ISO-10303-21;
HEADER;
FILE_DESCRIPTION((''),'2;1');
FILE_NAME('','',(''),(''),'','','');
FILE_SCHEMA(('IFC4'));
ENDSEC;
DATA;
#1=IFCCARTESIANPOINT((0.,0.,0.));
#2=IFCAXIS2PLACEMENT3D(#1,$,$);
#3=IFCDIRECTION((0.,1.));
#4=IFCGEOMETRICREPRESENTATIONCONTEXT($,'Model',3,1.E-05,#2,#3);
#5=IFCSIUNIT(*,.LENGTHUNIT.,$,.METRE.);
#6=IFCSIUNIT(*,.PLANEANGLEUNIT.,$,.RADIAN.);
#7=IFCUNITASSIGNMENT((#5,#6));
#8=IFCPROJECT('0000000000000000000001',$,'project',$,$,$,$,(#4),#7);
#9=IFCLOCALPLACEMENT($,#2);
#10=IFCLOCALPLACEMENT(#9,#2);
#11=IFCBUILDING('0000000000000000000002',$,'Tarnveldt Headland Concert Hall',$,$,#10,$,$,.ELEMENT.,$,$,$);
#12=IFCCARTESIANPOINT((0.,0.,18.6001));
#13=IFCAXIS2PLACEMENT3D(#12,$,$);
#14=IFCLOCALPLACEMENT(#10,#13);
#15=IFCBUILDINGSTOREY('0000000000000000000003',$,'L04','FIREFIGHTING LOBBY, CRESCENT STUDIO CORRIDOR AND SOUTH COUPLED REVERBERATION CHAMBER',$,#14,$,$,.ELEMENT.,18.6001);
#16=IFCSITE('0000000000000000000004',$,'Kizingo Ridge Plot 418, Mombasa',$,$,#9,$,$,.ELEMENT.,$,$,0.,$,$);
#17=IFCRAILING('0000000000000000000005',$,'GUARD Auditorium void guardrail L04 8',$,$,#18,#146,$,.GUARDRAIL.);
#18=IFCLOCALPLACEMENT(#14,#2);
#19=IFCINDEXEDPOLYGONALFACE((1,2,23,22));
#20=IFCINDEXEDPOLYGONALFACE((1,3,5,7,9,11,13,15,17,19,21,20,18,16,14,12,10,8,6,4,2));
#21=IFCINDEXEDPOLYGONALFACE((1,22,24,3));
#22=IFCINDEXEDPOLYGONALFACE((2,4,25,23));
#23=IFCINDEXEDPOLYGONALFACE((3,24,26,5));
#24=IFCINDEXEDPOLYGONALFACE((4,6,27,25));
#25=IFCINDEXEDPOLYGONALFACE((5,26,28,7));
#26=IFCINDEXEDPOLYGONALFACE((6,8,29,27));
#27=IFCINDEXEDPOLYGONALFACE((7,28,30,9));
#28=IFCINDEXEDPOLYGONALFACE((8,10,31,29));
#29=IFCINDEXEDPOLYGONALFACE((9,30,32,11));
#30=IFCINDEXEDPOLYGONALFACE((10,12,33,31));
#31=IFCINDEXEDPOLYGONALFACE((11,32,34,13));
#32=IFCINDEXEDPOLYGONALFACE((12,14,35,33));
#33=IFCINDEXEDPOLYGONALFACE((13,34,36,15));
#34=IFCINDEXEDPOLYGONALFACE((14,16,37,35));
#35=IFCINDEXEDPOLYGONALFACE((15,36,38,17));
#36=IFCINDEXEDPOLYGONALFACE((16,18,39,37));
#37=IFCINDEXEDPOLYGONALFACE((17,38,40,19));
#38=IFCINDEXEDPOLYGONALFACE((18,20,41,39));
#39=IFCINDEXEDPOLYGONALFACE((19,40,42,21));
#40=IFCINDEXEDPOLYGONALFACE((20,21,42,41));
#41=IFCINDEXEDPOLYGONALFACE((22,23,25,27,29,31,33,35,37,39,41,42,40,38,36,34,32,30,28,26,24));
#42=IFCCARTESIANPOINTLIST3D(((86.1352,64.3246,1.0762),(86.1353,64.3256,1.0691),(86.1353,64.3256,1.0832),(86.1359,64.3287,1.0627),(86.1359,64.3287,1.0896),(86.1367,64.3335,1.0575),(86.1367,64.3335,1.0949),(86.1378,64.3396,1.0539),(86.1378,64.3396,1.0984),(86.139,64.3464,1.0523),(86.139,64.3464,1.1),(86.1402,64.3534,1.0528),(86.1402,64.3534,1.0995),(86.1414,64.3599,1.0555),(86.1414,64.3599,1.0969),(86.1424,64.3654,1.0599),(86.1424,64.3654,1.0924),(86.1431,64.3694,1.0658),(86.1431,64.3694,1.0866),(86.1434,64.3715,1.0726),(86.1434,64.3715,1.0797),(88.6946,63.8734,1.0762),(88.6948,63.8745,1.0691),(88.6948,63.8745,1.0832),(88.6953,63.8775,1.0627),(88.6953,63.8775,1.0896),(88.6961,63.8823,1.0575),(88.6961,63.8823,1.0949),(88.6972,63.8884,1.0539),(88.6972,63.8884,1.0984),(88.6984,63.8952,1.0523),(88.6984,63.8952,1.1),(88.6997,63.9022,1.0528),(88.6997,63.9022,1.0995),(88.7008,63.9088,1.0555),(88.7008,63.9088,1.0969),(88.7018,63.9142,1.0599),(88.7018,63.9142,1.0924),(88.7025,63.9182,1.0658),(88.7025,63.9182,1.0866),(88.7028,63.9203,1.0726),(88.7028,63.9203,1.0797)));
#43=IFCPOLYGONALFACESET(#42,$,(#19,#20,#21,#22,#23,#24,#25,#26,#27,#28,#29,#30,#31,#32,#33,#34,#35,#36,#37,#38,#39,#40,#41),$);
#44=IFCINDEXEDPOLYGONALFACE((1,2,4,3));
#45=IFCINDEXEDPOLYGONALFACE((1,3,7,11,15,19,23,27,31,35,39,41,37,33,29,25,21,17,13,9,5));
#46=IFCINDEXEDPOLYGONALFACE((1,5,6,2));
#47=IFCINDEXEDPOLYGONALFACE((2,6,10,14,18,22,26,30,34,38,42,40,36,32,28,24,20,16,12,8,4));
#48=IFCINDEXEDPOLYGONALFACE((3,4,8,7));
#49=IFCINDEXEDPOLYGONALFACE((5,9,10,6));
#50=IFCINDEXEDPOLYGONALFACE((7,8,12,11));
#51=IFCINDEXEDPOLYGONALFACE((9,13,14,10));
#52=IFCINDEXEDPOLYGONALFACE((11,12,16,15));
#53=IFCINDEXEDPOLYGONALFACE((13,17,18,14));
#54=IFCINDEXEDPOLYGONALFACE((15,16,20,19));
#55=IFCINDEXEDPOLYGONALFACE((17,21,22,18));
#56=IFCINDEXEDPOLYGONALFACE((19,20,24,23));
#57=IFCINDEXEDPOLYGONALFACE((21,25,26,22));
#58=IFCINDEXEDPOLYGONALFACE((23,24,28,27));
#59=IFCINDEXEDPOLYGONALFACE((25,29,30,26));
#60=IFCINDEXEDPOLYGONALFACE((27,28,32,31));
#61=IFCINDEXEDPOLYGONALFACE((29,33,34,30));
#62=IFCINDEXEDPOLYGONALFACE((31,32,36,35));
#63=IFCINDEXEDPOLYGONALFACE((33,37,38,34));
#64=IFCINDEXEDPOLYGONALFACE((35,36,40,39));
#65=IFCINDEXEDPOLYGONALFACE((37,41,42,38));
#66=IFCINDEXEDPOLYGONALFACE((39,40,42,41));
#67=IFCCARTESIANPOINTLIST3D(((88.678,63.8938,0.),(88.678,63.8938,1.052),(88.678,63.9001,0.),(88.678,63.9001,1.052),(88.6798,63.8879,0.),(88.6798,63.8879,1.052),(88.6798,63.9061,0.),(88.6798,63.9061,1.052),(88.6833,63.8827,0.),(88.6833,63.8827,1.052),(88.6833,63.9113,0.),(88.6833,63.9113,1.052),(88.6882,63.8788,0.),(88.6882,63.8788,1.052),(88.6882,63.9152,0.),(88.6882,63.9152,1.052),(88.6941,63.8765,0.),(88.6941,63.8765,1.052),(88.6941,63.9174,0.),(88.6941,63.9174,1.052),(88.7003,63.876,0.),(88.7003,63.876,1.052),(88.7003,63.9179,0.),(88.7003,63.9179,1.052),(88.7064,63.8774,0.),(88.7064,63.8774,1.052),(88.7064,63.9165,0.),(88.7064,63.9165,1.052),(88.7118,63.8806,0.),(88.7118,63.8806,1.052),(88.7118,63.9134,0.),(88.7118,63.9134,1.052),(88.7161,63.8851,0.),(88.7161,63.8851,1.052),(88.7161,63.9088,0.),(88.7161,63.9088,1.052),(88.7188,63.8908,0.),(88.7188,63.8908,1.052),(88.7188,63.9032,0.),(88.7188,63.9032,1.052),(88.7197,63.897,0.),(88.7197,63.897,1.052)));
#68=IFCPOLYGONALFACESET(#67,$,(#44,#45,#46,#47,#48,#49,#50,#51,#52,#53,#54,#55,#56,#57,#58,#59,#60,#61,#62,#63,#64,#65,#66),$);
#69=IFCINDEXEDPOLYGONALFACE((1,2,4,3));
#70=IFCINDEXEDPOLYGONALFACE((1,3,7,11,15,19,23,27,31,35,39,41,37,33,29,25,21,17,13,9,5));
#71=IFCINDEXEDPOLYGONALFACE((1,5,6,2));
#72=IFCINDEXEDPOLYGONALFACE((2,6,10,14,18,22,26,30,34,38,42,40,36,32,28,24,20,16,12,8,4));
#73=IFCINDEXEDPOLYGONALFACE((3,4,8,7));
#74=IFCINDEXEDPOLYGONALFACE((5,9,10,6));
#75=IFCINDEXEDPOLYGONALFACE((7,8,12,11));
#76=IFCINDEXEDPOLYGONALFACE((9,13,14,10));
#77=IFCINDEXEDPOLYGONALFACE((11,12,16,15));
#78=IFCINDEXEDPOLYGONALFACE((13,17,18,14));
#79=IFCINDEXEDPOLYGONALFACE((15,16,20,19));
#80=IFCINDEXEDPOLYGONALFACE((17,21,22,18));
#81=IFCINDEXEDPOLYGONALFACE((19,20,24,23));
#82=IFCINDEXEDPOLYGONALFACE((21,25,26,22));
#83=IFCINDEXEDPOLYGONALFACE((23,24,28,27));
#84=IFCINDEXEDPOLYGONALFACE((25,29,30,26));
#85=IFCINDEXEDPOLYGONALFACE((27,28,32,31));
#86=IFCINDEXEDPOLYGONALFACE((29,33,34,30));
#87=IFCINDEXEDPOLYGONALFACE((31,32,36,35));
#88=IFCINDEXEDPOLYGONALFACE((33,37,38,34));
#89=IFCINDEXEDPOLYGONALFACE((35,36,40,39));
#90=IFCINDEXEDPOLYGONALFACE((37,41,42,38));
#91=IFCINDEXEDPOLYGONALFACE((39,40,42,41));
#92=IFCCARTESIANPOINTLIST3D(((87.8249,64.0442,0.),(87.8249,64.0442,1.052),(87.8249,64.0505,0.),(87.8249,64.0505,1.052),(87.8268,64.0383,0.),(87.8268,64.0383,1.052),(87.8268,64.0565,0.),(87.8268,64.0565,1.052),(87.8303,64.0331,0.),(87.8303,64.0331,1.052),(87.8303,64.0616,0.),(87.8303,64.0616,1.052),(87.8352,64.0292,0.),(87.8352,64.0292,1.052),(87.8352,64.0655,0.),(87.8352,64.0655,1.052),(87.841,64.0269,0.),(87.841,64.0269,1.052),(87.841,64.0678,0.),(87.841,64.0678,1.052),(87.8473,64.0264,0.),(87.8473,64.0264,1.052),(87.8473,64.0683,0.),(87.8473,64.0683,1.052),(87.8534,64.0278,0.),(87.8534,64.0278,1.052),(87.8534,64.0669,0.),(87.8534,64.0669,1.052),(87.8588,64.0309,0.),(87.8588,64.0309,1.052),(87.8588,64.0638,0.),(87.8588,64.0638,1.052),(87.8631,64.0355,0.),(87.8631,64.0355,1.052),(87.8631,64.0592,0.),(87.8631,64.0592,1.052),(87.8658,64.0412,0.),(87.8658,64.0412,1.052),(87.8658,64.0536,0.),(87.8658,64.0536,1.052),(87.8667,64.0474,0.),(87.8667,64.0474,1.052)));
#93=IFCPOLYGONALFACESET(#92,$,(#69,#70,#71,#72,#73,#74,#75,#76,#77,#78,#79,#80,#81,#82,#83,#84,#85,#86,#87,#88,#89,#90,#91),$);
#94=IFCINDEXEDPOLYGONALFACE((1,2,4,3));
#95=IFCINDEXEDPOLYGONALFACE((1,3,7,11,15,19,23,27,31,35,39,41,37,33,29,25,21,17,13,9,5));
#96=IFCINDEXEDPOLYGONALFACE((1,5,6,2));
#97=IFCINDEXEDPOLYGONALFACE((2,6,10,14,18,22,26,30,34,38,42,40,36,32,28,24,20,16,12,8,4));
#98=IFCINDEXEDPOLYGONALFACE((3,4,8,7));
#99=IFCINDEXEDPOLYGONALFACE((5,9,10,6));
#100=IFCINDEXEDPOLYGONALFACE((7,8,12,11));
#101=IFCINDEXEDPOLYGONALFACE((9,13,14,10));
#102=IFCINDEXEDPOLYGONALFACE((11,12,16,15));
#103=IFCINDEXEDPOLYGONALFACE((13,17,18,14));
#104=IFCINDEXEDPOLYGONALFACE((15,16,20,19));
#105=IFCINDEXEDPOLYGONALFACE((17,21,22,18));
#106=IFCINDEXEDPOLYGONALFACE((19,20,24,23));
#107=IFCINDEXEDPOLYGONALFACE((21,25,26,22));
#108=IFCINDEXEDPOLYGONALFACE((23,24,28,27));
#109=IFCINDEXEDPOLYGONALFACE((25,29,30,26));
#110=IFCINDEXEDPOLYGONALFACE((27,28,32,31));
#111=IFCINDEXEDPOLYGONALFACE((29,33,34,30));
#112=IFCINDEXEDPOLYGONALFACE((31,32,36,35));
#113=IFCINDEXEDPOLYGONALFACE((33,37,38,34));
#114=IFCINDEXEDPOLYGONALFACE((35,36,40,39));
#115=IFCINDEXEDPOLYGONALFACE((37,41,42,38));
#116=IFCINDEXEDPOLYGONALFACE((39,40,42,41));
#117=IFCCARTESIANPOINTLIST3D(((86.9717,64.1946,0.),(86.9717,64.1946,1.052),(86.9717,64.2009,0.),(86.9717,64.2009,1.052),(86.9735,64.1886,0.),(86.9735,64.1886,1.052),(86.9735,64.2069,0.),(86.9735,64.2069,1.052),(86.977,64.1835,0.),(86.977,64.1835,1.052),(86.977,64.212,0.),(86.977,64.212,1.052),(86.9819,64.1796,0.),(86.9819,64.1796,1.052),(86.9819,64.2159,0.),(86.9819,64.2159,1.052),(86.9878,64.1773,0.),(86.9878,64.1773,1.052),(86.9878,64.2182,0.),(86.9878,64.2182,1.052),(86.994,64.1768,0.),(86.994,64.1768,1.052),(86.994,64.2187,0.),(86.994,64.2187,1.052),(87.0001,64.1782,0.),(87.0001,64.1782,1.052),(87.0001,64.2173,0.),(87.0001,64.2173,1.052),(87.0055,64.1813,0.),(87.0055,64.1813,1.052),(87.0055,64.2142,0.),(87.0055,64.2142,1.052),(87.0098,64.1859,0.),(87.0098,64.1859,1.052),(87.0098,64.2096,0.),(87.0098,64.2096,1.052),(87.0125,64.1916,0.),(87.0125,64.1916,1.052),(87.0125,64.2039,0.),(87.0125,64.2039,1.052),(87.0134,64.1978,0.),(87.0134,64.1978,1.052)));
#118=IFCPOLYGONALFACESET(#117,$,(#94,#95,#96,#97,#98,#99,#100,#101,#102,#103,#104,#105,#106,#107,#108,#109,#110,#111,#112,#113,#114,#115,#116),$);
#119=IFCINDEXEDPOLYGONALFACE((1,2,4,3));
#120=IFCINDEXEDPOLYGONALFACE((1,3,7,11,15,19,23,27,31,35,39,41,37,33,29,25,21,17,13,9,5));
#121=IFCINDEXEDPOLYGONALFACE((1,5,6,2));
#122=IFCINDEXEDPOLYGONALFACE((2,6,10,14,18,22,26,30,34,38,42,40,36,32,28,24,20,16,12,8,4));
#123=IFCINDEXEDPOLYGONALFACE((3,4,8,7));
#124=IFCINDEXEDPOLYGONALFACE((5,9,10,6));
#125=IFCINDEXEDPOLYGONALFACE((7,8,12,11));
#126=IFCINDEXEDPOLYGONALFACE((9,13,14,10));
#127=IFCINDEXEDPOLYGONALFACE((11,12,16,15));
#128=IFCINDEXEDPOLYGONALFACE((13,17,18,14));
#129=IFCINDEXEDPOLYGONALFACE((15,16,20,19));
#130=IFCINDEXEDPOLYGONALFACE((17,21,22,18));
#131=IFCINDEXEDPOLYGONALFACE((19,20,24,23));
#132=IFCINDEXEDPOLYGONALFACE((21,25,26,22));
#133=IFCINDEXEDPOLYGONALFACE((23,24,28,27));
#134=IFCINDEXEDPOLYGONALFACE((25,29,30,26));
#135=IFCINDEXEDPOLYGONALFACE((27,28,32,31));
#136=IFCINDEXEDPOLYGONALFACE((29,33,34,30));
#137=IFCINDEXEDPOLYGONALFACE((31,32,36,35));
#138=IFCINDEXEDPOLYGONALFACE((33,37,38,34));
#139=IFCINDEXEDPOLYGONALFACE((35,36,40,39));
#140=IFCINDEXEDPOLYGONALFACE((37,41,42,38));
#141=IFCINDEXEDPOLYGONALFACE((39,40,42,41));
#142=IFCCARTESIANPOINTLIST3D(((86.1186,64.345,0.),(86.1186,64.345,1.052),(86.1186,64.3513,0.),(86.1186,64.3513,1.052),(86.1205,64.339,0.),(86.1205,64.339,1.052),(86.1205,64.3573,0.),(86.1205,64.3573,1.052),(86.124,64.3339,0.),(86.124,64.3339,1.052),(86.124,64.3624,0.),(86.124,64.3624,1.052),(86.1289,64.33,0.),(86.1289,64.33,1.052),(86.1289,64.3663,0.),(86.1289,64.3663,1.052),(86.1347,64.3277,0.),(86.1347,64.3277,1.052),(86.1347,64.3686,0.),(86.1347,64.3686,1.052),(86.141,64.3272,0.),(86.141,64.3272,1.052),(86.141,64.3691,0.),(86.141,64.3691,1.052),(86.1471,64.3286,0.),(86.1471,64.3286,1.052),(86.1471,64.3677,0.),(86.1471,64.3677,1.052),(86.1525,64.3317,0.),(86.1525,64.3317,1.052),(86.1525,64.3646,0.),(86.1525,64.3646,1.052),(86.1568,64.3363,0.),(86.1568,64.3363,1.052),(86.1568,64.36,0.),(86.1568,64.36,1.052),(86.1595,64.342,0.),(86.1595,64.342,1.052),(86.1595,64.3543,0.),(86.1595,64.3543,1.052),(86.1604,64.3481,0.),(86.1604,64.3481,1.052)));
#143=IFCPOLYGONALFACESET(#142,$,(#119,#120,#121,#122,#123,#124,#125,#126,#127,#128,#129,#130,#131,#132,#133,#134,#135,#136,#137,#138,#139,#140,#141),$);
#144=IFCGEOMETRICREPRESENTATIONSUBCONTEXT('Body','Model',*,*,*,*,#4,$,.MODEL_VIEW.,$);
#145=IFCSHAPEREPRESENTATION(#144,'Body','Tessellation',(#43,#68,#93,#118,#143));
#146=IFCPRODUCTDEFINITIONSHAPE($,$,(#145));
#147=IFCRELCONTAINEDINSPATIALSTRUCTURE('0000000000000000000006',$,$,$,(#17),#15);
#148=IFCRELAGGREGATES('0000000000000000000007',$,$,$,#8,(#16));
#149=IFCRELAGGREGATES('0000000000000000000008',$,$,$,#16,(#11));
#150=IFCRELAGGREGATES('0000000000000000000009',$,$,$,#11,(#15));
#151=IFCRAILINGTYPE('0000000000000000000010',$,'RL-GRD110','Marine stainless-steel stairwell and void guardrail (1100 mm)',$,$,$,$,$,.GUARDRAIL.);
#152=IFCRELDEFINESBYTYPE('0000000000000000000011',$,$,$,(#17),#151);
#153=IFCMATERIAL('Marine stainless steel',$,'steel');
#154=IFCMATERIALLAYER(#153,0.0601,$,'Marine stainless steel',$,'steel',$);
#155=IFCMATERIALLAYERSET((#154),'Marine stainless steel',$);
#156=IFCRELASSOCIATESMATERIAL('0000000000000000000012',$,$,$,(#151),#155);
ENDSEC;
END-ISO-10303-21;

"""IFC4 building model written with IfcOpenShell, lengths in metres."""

from ifc_helpers import new_model, si_unit, direction, frame, origin, origin_2d, place, context, subcontext, project, spatial, circle, extrude, material, layer, layer_set, type_object, element, save


model = new_model("IFC4")

# Units and contexts
model_context = context("Model", 3, precision=1e-05, world=origin(), true_north=direction((0.0, 1.0)))
body_context = subcontext(model_context, "Body", "Model", "MODEL_VIEW")
ifc_project = project(units=[si_unit("LENGTHUNIT", "METRE"), si_unit("PLANEANGLEUNIT", "RADIAN")], contexts=[model_context])

# Site, building, storey
site_placement = place(None, origin())
site = spatial("IfcSite", under=ifc_project, at=site_placement, Name="Kizingo Ridge Plot 418, Mombasa", CompositionType="ELEMENT", RefElevation=0.0)
building_placement = place(site_placement, origin())
building = spatial("IfcBuilding", under=site, at=building_placement, Name="Tarnveldt Headland Concert Hall", CompositionType="ELEMENT")
storey_placement = place(building_placement, frame((0.0, 0.0, 18.6001)))
storey = spatial("IfcBuildingStorey", under=building, at=storey_placement, Name="L04", Description="FIREFIGHTING LOBBY, CRESCENT STUDIO CORRIDOR AND SOUTH COUPLED REVERBERATION CHAMBER", CompositionType="ELEMENT", Elevation=18.6001)

# Railing
ifc_material_1 = material(Name="Marine stainless steel", Category="steel")
ifc_layer_1 = layer(ifc_material_1, 0.0601, Name="Marine stainless steel", Category="steel")
ifc_layer_set_1 = layer_set([ifc_layer_1], Name="Marine stainless steel")
railing_type = type_object("IfcRailingType", Name="RL-GRD110", Description="Marine stainless-steel stairwell and void guardrail (1100 mm)", PredefinedType="GUARDRAIL", material=ifc_layer_set_1)
railing_1_placement = place(storey_placement, frame((88.6987, 63.897, 0.0)))
element("IfcRailing", 1, at=railing_1_placement, inside=storey, type_object=railing_type, Name="GUARD Auditorium void guardrail L04 8", PredefinedType="GUARDRAIL", context=body_context, shape_type="SweptSolid", body=[
    extrude(circle(Radius=0.0239, at=origin_2d()), frame((0.0, 0.0, 1.0762), z_axis=(-0.984815, 0.173608, 0.0), x_axis=(-0.173608, -0.984815, 0.0)), (0.0, 0.0, 1.0), 2.5989),
    extrude(circle(Radius=0.021, at=origin_2d()), origin(), (0.0, 0.0, 1.0), 1.052),
    extrude(circle(Radius=0.021, at=origin_2d()), frame((-0.853, 0.1504, 0.0)), (0.0, 0.0, 1.0), 1.052),
    extrude(circle(Radius=0.021, at=origin_2d()), frame((-1.7063, 0.3008, 0.0)), (0.0, 0.0, 1.0), 1.052),
    extrude(circle(Radius=0.021, at=origin_2d()), frame((-2.5593, 0.4512, 0.0)), (0.0, 0.0, 1.0), 1.052),
])

save(model, "model.ifc")
